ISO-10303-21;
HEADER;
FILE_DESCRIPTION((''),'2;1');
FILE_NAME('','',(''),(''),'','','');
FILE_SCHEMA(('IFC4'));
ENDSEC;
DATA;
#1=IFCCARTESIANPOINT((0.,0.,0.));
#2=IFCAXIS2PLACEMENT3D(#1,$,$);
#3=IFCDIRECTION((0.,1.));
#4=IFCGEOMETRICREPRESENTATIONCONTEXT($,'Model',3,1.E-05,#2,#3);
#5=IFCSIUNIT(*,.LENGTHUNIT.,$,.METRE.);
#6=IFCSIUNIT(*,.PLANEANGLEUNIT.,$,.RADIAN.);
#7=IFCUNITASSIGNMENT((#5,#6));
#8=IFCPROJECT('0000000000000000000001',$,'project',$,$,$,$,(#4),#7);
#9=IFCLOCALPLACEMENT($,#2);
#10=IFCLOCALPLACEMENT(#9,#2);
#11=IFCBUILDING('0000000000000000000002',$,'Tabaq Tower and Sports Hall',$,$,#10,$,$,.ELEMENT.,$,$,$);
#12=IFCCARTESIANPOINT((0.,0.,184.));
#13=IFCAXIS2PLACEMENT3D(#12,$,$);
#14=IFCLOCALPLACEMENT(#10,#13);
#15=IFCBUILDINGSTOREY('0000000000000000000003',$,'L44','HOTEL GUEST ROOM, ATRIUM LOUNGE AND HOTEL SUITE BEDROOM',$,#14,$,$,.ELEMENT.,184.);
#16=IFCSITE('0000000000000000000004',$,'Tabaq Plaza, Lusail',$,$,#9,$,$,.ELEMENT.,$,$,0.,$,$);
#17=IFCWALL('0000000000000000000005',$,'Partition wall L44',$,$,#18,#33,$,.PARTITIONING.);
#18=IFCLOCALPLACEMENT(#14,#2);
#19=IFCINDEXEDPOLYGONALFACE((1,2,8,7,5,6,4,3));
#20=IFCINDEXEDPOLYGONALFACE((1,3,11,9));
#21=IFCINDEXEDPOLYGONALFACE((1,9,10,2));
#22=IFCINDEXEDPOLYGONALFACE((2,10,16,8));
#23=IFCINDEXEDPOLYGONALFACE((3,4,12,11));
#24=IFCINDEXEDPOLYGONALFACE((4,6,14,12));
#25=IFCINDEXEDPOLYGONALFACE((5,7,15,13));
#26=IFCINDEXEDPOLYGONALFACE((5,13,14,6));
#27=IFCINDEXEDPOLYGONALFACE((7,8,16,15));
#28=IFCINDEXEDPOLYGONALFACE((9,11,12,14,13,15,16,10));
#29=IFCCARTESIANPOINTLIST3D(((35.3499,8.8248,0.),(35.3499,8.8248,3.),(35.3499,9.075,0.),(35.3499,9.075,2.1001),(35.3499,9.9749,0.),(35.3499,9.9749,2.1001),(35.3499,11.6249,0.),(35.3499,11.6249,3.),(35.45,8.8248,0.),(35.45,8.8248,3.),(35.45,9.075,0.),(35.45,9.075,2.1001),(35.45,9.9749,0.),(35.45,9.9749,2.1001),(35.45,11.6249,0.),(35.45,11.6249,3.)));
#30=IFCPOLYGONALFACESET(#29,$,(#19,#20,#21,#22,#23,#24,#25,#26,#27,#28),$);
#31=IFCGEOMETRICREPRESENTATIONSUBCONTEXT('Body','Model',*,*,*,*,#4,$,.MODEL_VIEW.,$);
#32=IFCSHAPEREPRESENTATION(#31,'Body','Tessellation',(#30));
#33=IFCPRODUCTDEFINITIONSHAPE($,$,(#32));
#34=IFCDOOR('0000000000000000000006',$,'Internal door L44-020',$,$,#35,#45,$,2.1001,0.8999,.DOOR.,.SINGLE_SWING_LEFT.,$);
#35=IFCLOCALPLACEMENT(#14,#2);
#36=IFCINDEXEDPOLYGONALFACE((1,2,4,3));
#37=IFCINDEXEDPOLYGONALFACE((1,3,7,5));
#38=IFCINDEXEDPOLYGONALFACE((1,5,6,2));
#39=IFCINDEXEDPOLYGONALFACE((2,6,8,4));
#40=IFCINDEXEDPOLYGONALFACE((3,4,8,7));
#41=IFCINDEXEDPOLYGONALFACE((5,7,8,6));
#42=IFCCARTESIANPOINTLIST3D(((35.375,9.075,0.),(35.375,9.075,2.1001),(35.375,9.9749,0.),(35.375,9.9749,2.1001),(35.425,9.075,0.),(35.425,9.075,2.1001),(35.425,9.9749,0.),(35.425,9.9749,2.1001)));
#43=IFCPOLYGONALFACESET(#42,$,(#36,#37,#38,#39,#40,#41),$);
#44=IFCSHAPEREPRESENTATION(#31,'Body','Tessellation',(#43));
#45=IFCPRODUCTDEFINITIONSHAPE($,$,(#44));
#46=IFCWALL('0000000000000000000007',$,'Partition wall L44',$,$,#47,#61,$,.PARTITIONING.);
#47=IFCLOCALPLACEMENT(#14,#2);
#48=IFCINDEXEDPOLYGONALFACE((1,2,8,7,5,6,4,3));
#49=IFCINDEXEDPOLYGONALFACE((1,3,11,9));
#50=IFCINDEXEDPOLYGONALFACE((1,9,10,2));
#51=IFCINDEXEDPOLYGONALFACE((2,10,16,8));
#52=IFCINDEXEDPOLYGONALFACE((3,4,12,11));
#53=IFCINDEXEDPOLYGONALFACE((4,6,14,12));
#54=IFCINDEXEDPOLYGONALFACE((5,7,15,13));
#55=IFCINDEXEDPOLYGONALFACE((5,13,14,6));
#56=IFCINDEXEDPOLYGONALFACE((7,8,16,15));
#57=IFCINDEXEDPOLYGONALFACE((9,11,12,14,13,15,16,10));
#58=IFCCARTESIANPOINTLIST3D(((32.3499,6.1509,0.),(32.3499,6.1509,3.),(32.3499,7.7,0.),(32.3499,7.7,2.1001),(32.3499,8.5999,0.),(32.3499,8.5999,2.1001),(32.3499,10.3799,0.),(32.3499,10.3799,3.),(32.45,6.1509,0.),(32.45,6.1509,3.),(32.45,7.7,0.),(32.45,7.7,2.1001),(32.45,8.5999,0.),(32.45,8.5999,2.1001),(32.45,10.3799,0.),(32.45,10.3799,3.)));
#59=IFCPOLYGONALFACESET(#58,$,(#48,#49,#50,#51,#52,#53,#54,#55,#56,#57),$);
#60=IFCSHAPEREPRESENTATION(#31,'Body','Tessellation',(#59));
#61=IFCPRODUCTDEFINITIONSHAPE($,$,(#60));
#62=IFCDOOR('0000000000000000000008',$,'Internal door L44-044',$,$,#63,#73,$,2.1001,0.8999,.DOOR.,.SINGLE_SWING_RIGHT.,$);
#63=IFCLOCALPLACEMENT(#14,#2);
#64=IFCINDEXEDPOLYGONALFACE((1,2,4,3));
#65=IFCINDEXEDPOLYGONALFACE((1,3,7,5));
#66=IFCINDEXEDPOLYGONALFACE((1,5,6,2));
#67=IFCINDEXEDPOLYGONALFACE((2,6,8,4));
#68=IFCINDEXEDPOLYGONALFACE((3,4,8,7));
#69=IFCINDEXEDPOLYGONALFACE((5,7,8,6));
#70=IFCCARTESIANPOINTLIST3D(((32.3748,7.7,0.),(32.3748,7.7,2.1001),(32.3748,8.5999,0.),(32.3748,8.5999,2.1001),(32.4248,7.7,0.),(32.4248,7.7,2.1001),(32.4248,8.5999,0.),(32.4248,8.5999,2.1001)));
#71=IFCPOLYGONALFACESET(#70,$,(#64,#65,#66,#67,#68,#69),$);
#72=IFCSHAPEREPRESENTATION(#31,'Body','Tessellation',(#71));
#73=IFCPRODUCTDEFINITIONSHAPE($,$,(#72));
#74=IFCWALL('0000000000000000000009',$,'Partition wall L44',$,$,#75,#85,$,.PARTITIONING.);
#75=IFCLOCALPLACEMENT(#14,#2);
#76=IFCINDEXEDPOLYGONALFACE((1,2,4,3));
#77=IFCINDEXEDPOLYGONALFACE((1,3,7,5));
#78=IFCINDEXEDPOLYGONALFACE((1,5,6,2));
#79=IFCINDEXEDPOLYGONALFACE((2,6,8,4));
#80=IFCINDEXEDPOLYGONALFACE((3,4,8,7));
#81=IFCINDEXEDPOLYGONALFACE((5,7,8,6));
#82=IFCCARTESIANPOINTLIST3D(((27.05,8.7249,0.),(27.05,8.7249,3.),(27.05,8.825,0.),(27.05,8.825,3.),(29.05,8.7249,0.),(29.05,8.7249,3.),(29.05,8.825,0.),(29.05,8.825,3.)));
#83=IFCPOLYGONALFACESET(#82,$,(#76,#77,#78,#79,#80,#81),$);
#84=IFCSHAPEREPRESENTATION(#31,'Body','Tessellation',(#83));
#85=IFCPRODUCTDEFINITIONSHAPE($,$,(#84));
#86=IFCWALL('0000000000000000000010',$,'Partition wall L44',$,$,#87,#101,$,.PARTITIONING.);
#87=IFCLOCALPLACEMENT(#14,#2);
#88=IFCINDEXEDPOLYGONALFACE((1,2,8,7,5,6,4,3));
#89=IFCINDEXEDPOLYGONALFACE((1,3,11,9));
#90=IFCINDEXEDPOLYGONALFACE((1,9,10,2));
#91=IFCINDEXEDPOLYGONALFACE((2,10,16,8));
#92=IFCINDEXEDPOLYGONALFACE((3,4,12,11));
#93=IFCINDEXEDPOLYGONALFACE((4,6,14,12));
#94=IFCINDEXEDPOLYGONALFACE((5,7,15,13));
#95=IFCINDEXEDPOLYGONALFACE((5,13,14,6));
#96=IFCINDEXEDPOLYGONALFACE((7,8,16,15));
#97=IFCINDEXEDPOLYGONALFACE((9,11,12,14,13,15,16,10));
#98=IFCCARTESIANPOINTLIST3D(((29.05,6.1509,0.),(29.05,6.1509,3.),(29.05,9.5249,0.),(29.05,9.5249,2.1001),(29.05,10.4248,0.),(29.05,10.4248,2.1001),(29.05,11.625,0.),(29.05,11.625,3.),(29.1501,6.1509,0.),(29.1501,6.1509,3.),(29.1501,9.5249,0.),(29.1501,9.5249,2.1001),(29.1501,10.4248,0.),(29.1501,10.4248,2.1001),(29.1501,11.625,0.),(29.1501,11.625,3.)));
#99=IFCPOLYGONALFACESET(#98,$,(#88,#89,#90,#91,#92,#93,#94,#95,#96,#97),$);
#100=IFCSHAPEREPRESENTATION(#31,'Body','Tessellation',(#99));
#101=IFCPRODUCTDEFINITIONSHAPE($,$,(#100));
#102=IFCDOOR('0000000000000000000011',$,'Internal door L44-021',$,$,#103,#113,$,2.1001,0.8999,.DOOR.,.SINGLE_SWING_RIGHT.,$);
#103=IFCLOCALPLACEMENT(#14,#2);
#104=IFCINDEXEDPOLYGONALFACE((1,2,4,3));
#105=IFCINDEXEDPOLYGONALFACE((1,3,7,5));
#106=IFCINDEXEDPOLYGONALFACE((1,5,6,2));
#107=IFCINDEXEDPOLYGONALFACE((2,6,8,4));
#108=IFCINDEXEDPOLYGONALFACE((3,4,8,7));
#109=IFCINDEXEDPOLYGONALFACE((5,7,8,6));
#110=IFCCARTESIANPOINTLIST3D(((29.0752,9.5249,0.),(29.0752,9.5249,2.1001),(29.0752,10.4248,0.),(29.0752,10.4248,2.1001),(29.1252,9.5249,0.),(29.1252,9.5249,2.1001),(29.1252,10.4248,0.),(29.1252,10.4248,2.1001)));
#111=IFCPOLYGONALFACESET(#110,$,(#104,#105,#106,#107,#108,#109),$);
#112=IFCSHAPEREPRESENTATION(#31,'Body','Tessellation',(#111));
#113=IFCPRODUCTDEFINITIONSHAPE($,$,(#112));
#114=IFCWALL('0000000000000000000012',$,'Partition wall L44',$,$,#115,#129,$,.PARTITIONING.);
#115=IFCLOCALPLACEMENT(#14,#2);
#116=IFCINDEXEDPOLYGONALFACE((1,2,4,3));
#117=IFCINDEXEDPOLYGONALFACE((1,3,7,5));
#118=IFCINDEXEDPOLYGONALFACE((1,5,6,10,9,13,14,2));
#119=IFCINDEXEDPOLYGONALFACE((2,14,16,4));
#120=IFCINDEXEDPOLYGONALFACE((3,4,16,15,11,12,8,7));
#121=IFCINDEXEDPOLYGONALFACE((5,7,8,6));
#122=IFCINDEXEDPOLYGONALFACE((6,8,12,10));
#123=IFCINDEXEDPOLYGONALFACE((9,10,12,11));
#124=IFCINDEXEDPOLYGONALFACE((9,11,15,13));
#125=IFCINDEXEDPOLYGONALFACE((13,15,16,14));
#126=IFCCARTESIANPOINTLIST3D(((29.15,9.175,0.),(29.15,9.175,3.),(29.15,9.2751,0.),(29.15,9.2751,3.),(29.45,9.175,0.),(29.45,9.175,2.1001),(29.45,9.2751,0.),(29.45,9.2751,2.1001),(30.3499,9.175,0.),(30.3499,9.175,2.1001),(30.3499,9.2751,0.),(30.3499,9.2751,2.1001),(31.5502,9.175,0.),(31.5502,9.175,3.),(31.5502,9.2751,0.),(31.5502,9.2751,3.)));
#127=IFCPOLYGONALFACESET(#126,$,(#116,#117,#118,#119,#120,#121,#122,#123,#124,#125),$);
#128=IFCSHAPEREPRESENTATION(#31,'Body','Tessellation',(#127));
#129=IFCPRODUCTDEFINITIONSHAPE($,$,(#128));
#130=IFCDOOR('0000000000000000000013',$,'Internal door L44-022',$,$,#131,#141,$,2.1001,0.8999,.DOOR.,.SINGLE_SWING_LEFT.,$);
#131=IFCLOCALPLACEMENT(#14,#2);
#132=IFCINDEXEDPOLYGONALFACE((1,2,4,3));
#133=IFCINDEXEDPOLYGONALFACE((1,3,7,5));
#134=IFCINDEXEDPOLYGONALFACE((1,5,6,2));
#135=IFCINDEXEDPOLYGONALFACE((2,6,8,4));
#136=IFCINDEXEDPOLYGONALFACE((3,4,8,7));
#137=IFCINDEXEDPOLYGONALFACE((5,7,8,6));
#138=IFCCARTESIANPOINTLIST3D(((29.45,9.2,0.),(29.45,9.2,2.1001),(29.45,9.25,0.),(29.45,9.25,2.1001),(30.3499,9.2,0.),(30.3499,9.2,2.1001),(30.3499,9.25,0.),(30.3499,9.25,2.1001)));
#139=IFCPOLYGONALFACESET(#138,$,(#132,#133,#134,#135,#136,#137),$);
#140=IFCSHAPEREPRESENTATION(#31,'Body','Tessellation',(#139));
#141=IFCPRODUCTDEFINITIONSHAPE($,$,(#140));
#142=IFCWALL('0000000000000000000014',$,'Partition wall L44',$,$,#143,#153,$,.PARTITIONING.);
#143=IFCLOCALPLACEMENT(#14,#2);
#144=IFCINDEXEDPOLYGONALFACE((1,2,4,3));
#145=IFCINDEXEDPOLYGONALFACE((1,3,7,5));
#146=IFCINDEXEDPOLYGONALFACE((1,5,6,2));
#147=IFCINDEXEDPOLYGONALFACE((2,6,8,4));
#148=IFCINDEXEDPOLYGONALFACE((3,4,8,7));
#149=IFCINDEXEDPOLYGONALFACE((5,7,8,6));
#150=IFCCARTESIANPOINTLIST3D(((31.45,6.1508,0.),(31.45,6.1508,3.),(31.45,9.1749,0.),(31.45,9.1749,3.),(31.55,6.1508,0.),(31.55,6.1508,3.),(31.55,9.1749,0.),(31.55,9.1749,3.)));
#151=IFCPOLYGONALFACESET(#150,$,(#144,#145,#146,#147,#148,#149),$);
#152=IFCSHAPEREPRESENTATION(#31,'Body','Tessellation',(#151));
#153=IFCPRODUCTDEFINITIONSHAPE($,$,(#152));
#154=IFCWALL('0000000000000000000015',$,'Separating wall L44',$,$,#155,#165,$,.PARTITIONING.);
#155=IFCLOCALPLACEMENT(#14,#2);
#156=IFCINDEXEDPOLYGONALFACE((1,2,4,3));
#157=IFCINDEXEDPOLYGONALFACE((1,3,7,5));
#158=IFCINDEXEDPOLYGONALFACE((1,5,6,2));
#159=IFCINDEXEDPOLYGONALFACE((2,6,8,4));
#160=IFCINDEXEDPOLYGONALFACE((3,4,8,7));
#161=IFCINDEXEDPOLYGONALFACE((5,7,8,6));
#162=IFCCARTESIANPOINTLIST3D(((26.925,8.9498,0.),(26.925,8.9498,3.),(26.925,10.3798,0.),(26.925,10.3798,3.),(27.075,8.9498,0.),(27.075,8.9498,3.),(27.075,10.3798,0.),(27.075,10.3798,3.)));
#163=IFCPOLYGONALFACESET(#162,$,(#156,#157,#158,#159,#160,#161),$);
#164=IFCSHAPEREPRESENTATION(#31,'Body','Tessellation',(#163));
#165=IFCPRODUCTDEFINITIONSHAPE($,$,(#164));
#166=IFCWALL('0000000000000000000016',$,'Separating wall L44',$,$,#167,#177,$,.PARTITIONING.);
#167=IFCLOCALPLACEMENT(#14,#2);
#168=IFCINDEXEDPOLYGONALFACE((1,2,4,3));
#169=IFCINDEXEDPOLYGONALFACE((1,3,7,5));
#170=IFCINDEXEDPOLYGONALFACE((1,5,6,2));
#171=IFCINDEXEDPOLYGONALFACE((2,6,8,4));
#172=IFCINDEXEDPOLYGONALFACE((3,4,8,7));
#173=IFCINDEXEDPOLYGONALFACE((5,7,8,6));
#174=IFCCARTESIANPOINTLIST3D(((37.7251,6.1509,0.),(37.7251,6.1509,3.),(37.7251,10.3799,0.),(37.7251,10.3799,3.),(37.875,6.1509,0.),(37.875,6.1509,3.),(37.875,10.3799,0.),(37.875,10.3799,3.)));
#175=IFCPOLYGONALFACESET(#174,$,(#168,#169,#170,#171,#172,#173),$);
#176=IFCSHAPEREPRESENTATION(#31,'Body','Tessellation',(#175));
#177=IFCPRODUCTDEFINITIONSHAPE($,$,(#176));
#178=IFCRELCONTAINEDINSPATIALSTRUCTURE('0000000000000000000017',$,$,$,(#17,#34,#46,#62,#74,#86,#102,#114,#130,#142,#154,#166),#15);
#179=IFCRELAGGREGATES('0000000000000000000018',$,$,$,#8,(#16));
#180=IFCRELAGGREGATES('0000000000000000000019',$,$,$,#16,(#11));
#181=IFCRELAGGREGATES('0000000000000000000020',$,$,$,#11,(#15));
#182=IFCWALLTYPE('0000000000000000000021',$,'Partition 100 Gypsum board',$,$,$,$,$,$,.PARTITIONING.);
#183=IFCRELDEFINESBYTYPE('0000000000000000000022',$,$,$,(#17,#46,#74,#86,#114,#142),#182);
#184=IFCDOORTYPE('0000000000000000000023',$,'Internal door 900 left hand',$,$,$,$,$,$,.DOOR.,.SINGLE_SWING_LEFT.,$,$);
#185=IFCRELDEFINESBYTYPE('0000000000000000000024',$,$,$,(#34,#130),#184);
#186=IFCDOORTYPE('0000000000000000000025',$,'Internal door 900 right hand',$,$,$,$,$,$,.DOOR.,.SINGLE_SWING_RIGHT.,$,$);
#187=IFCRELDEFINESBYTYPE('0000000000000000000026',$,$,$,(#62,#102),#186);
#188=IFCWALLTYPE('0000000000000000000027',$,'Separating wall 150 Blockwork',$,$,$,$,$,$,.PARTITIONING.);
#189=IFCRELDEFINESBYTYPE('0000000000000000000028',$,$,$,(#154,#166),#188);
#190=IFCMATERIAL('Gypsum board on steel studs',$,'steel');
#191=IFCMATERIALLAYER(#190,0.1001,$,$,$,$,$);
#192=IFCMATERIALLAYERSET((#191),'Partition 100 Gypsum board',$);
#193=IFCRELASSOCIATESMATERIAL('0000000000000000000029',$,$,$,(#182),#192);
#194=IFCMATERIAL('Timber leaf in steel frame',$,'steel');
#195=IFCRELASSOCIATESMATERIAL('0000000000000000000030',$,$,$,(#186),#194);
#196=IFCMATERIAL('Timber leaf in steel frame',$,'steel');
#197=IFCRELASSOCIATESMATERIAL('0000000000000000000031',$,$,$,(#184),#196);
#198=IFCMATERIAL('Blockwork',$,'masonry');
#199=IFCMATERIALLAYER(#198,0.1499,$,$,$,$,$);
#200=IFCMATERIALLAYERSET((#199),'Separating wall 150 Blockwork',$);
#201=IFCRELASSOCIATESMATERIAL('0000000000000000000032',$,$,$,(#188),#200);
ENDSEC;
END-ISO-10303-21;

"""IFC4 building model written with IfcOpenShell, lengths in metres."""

from ifc_helpers import new_model, si_unit, direction, frame, frame_2d, origin, place, context, subcontext, project, spatial, rectangle, extrude, material, layer, layer_set, type_object, element, fill, save


model = new_model("IFC4")

# Units and contexts
model_context = context("Model", 3, precision=1e-05, world=origin(), true_north=direction((0.0, 1.0)))
body_context = subcontext(model_context, "Body", "Model", "MODEL_VIEW")
ifc_project = project(units=[si_unit("LENGTHUNIT", "METRE"), si_unit("PLANEANGLEUNIT", "RADIAN")], contexts=[model_context])

# Site, building, storey
site_placement = place(None, origin())
site = spatial("IfcSite", under=ifc_project, at=site_placement, Name="Tabaq Plaza, Lusail", CompositionType="ELEMENT", RefElevation=0.0)
building_placement = place(site_placement, origin())
building = spatial("IfcBuilding", under=site, at=building_placement, Name="Tabaq Tower and Sports Hall", CompositionType="ELEMENT")
storey_placement = place(building_placement, frame((0.0, 0.0, 184.0)))
storey = spatial("IfcBuildingStorey", under=building, at=storey_placement, Name="L44", Description="HOTEL GUEST ROOM, ATRIUM LOUNGE AND HOTEL SUITE BEDROOM", CompositionType="ELEMENT", Elevation=184.0)

# Shared definitions
ifc_material_1 = material(Name="Gypsum board on steel studs", Category="steel")
ifc_layer_1 = layer(ifc_material_1, 0.1001)
ifc_layer_set_1 = layer_set([ifc_layer_1], Name="Partition 100 Gypsum board")
wall_type_1 = type_object("IfcWallType", Name="Partition 100 Gypsum board", PredefinedType="PARTITIONING", material=ifc_layer_set_1)

# Shared definitions
ifc_material_2 = material(Name="Timber leaf in steel frame", Category="steel")
door_type_1 = type_object("IfcDoorType", Name="Internal door 900 right hand", OperationType="SINGLE_SWING_RIGHT", PredefinedType="DOOR", material=ifc_material_2)

# Walls, openings, doors
wall_1_placement = place(storey_placement, frame((35.3999, 8.825, 0.0), z_axis=(0.0, 0.0, 1.0), x_axis=(0.0, 1.0, 0.0)))
wall_1 = element("IfcWall", 1, at=wall_1_placement, inside=storey, type_object=wall_type_1, Name="Partition wall L44", PredefinedType="PARTITIONING", context=body_context, shape_type="SweptSolid", body=[
    extrude(rectangle(XDim=2.8, YDim=0.1001, at=frame_2d((1.3999, 0.0))), origin(), (0.0, 0.0, 1.0), 3.0),
])
opening_1_placement = place(wall_1_placement, frame((0.25, 0.0, 0.0)))
opening_1 = element("IfcOpeningElement", 2, at=opening_1_placement, cuts=wall_1, PredefinedType="OPENING", context=body_context, shape_type="SweptSolid", body=[
    extrude(rectangle(XDim=0.8999, YDim=2.1001, at=frame_2d((0.45, 1.05))), frame((0.0, 0.05, 0.0), z_axis=(0.0, -1.0, 0.0), x_axis=(1.0, 0.0, 0.0)), (0.0, 0.0, 1.0), 0.1001),
])
ifc_material_3 = material(Name="Timber leaf in steel frame", Category="steel")
door_type_2 = type_object("IfcDoorType", Name="Internal door 900 left hand", OperationType="SINGLE_SWING_LEFT", PredefinedType="DOOR", material=ifc_material_3)
door_1_placement = place(opening_1_placement, origin())
door_1 = element("IfcDoor", 3, at=door_1_placement, inside=storey, type_object=door_type_2, Name="Internal door L44-020", OperationType="SINGLE_SWING_LEFT", OverallHeight=2.1001, OverallWidth=0.8999, PredefinedType="DOOR", context=body_context, shape_type="SweptSolid", body=[
    extrude(rectangle(XDim=0.8999, YDim=2.1001, at=frame_2d((0.45, 1.05))), frame((0.0, 0.0249, 0.0), z_axis=(0.0, -1.0, 0.0), x_axis=(1.0, 0.0, 0.0)), (0.0, 0.0, 1.0), 0.05),
])
fill(opening_1, door_1)
wall_2_placement = place(storey_placement, frame((32.3999, 10.3799, 0.0), z_axis=(0.0, 0.0, 1.0), x_axis=(0.0, -1.0, 0.0)))
wall_2 = element("IfcWall", 4, at=wall_2_placement, inside=storey, type_object=wall_type_1, Name="Partition wall L44", PredefinedType="PARTITIONING", context=body_context, shape_type="SweptSolid", body=[
    extrude(rectangle(XDim=4.229, YDim=0.1001, at=frame_2d((2.1145, 0.0))), origin(), (0.0, 0.0, 1.0), 3.0),
])
opening_2_placement = place(wall_2_placement, frame((1.78, 0.0, 0.0)))
opening_2 = element("IfcOpeningElement", 5, at=opening_2_placement, cuts=wall_2, PredefinedType="OPENING", context=body_context, shape_type="SweptSolid", body=[
    extrude(rectangle(XDim=0.8999, YDim=2.1001, at=frame_2d((0.45, 1.05))), frame((0.0, 0.05, 0.0), z_axis=(0.0, -1.0, 0.0), x_axis=(1.0, 0.0, 0.0)), (0.0, 0.0, 1.0), 0.1001),
])
door_2_placement = place(opening_2_placement, origin())
door_2 = element("IfcDoor", 6, at=door_2_placement, inside=storey, type_object=door_type_1, Name="Internal door L44-044", OperationType="SINGLE_SWING_RIGHT", OverallHeight=2.1001, OverallWidth=0.8999, PredefinedType="DOOR", context=body_context, shape_type="SweptSolid", body=[
    extrude(rectangle(XDim=0.8999, YDim=2.1001, at=frame_2d((0.45, 1.05))), frame((0.0, 0.0249, 0.0), z_axis=(0.0, -1.0, 0.0), x_axis=(1.0, 0.0, 0.0)), (0.0, 0.0, 1.0), 0.05),
])
fill(opening_2, door_2)

# Wall
wall_3_placement = place(storey_placement, frame((27.05, 8.7749, 0.0), z_axis=(0.0, 0.0, 1.0), x_axis=(1.0, 0.0, 0.0)))
element("IfcWall", 7, at=wall_3_placement, inside=storey, type_object=wall_type_1, Name="Partition wall L44", PredefinedType="PARTITIONING", context=body_context, shape_type="SweptSolid", body=[
    extrude(rectangle(XDim=2.0, YDim=0.1001, at=frame_2d((1.0, 0.0))), origin(), (0.0, 0.0, 1.0), 3.0),
])

# Walls, openings, doors
wall_4_placement = place(storey_placement, frame((29.1001, 6.1509, 0.0), z_axis=(0.0, 0.0, 1.0), x_axis=(0.0, 1.0, 0.0)))
wall_4 = element("IfcWall", 8, at=wall_4_placement, inside=storey, type_object=wall_type_1, Name="Partition wall L44", PredefinedType="PARTITIONING", context=body_context, shape_type="SweptSolid", body=[
    extrude(rectangle(XDim=5.4741, YDim=0.1001, at=frame_2d((2.7371, 0.0))), origin(), (0.0, 0.0, 1.0), 3.0),
])
opening_3_placement = place(wall_4_placement, frame((3.374, 0.0, 0.0)))
opening_3 = element("IfcOpeningElement", 9, at=opening_3_placement, cuts=wall_4, PredefinedType="OPENING", context=body_context, shape_type="SweptSolid", body=[
    extrude(rectangle(XDim=0.8999, YDim=2.1001, at=frame_2d((0.45, 1.05))), frame((0.0, 0.05, 0.0), z_axis=(0.0, -1.0, 0.0), x_axis=(1.0, 0.0, 0.0)), (0.0, 0.0, 1.0), 0.1001),
])
door_3_placement = place(opening_3_placement, origin())
door_3 = element("IfcDoor", 10, at=door_3_placement, inside=storey, type_object=door_type_1, Name="Internal door L44-021", OperationType="SINGLE_SWING_RIGHT", OverallHeight=2.1001, OverallWidth=0.8999, PredefinedType="DOOR", context=body_context, shape_type="SweptSolid", body=[
    extrude(rectangle(XDim=0.8999, YDim=2.1001, at=frame_2d((0.45, 1.05))), frame((0.0, 0.0249, 0.0), z_axis=(0.0, -1.0, 0.0), x_axis=(1.0, 0.0, 0.0)), (0.0, 0.0, 1.0), 0.05),
])
fill(opening_3, door_3)
wall_5_placement = place(storey_placement, frame((29.1499, 9.2251, 0.0), z_axis=(0.0, 0.0, 1.0), x_axis=(1.0, 0.0, 0.0)))
wall_5 = element("IfcWall", 11, at=wall_5_placement, inside=storey, type_object=wall_type_1, Name="Partition wall L44", PredefinedType="PARTITIONING", context=body_context, shape_type="SweptSolid", body=[
    extrude(rectangle(XDim=2.4001, YDim=0.1001, at=frame_2d((1.2002, 0.0))), origin(), (0.0, 0.0, 1.0), 3.0),
])
opening_4_placement = place(wall_5_placement, frame((0.3, 0.0, 0.0)))
opening_4 = element("IfcOpeningElement", 12, at=opening_4_placement, cuts=wall_5, PredefinedType="OPENING", context=body_context, shape_type="SweptSolid", body=[
    extrude(rectangle(XDim=0.8999, YDim=2.1001, at=frame_2d((0.45, 1.05))), frame((0.0, 0.05, 0.0), z_axis=(0.0, -1.0, 0.0), x_axis=(1.0, 0.0, 0.0)), (0.0, 0.0, 1.0), 0.1001),
])
door_4_placement = place(opening_4_placement, origin())
door_4 = element("IfcDoor", 13, at=door_4_placement, inside=storey, type_object=door_type_2, Name="Internal door L44-022", OperationType="SINGLE_SWING_LEFT", OverallHeight=2.1001, OverallWidth=0.8999, PredefinedType="DOOR", context=body_context, shape_type="SweptSolid", body=[
    extrude(rectangle(XDim=0.8999, YDim=2.1001, at=frame_2d((0.45, 1.05))), frame((0.0, 0.0249, 0.0), z_axis=(0.0, -1.0, 0.0), x_axis=(1.0, 0.0, 0.0)), (0.0, 0.0, 1.0), 0.05),
])
fill(opening_4, door_4)

# Walls
wall_6_placement = place(storey_placement, frame((31.5, 9.175, 0.0), z_axis=(0.0, 0.0, 1.0), x_axis=(0.0, -1.0, 0.0)))
element("IfcWall", 14, at=wall_6_placement, inside=storey, type_object=wall_type_1, Name="Partition wall L44", PredefinedType="PARTITIONING", context=body_context, shape_type="SweptSolid", body=[
    extrude(rectangle(XDim=3.0242, YDim=0.1001, at=frame_2d((1.5122, 0.0))), origin(), (0.0, 0.0, 1.0), 3.0),
])
ifc_material_4 = material(Name="Blockwork", Category="masonry")
ifc_layer_2 = layer(ifc_material_4, 0.1499)
ifc_layer_set_2 = layer_set([ifc_layer_2], Name="Separating wall 150 Blockwork")
wall_type_2 = type_object("IfcWallType", Name="Separating wall 150 Blockwork", PredefinedType="PARTITIONING", material=ifc_layer_set_2)
wall_7_placement = place(storey_placement, frame((27.0, 8.95, 0.0), z_axis=(0.0, 0.0, 1.0), x_axis=(0.0, 1.0, 0.0)))
element("IfcWall", 15, at=wall_7_placement, inside=storey, type_object=wall_type_2, Name="Separating wall L44", PredefinedType="PARTITIONING", context=body_context, shape_type="SweptSolid", body=[
    extrude(rectangle(XDim=1.4299, YDim=0.1499, at=frame_2d((0.7148, 0.0))), origin(), (0.0, 0.0, 1.0), 3.0),
])
wall_8_placement = place(storey_placement, frame((37.8, 6.1509, 0.0), z_axis=(0.0, 0.0, 1.0), x_axis=(0.0, 1.0, 0.0)))
element("IfcWall", 16, at=wall_8_placement, inside=storey, type_object=wall_type_2, Name="Separating wall L44", PredefinedType="PARTITIONING", context=body_context, shape_type="SweptSolid", body=[
    extrude(rectangle(XDim=4.229, YDim=0.1499, at=frame_2d((2.1145, 0.0))), origin(), (0.0, 0.0, 1.0), 3.0),
])

save(model, "model.ifc")
